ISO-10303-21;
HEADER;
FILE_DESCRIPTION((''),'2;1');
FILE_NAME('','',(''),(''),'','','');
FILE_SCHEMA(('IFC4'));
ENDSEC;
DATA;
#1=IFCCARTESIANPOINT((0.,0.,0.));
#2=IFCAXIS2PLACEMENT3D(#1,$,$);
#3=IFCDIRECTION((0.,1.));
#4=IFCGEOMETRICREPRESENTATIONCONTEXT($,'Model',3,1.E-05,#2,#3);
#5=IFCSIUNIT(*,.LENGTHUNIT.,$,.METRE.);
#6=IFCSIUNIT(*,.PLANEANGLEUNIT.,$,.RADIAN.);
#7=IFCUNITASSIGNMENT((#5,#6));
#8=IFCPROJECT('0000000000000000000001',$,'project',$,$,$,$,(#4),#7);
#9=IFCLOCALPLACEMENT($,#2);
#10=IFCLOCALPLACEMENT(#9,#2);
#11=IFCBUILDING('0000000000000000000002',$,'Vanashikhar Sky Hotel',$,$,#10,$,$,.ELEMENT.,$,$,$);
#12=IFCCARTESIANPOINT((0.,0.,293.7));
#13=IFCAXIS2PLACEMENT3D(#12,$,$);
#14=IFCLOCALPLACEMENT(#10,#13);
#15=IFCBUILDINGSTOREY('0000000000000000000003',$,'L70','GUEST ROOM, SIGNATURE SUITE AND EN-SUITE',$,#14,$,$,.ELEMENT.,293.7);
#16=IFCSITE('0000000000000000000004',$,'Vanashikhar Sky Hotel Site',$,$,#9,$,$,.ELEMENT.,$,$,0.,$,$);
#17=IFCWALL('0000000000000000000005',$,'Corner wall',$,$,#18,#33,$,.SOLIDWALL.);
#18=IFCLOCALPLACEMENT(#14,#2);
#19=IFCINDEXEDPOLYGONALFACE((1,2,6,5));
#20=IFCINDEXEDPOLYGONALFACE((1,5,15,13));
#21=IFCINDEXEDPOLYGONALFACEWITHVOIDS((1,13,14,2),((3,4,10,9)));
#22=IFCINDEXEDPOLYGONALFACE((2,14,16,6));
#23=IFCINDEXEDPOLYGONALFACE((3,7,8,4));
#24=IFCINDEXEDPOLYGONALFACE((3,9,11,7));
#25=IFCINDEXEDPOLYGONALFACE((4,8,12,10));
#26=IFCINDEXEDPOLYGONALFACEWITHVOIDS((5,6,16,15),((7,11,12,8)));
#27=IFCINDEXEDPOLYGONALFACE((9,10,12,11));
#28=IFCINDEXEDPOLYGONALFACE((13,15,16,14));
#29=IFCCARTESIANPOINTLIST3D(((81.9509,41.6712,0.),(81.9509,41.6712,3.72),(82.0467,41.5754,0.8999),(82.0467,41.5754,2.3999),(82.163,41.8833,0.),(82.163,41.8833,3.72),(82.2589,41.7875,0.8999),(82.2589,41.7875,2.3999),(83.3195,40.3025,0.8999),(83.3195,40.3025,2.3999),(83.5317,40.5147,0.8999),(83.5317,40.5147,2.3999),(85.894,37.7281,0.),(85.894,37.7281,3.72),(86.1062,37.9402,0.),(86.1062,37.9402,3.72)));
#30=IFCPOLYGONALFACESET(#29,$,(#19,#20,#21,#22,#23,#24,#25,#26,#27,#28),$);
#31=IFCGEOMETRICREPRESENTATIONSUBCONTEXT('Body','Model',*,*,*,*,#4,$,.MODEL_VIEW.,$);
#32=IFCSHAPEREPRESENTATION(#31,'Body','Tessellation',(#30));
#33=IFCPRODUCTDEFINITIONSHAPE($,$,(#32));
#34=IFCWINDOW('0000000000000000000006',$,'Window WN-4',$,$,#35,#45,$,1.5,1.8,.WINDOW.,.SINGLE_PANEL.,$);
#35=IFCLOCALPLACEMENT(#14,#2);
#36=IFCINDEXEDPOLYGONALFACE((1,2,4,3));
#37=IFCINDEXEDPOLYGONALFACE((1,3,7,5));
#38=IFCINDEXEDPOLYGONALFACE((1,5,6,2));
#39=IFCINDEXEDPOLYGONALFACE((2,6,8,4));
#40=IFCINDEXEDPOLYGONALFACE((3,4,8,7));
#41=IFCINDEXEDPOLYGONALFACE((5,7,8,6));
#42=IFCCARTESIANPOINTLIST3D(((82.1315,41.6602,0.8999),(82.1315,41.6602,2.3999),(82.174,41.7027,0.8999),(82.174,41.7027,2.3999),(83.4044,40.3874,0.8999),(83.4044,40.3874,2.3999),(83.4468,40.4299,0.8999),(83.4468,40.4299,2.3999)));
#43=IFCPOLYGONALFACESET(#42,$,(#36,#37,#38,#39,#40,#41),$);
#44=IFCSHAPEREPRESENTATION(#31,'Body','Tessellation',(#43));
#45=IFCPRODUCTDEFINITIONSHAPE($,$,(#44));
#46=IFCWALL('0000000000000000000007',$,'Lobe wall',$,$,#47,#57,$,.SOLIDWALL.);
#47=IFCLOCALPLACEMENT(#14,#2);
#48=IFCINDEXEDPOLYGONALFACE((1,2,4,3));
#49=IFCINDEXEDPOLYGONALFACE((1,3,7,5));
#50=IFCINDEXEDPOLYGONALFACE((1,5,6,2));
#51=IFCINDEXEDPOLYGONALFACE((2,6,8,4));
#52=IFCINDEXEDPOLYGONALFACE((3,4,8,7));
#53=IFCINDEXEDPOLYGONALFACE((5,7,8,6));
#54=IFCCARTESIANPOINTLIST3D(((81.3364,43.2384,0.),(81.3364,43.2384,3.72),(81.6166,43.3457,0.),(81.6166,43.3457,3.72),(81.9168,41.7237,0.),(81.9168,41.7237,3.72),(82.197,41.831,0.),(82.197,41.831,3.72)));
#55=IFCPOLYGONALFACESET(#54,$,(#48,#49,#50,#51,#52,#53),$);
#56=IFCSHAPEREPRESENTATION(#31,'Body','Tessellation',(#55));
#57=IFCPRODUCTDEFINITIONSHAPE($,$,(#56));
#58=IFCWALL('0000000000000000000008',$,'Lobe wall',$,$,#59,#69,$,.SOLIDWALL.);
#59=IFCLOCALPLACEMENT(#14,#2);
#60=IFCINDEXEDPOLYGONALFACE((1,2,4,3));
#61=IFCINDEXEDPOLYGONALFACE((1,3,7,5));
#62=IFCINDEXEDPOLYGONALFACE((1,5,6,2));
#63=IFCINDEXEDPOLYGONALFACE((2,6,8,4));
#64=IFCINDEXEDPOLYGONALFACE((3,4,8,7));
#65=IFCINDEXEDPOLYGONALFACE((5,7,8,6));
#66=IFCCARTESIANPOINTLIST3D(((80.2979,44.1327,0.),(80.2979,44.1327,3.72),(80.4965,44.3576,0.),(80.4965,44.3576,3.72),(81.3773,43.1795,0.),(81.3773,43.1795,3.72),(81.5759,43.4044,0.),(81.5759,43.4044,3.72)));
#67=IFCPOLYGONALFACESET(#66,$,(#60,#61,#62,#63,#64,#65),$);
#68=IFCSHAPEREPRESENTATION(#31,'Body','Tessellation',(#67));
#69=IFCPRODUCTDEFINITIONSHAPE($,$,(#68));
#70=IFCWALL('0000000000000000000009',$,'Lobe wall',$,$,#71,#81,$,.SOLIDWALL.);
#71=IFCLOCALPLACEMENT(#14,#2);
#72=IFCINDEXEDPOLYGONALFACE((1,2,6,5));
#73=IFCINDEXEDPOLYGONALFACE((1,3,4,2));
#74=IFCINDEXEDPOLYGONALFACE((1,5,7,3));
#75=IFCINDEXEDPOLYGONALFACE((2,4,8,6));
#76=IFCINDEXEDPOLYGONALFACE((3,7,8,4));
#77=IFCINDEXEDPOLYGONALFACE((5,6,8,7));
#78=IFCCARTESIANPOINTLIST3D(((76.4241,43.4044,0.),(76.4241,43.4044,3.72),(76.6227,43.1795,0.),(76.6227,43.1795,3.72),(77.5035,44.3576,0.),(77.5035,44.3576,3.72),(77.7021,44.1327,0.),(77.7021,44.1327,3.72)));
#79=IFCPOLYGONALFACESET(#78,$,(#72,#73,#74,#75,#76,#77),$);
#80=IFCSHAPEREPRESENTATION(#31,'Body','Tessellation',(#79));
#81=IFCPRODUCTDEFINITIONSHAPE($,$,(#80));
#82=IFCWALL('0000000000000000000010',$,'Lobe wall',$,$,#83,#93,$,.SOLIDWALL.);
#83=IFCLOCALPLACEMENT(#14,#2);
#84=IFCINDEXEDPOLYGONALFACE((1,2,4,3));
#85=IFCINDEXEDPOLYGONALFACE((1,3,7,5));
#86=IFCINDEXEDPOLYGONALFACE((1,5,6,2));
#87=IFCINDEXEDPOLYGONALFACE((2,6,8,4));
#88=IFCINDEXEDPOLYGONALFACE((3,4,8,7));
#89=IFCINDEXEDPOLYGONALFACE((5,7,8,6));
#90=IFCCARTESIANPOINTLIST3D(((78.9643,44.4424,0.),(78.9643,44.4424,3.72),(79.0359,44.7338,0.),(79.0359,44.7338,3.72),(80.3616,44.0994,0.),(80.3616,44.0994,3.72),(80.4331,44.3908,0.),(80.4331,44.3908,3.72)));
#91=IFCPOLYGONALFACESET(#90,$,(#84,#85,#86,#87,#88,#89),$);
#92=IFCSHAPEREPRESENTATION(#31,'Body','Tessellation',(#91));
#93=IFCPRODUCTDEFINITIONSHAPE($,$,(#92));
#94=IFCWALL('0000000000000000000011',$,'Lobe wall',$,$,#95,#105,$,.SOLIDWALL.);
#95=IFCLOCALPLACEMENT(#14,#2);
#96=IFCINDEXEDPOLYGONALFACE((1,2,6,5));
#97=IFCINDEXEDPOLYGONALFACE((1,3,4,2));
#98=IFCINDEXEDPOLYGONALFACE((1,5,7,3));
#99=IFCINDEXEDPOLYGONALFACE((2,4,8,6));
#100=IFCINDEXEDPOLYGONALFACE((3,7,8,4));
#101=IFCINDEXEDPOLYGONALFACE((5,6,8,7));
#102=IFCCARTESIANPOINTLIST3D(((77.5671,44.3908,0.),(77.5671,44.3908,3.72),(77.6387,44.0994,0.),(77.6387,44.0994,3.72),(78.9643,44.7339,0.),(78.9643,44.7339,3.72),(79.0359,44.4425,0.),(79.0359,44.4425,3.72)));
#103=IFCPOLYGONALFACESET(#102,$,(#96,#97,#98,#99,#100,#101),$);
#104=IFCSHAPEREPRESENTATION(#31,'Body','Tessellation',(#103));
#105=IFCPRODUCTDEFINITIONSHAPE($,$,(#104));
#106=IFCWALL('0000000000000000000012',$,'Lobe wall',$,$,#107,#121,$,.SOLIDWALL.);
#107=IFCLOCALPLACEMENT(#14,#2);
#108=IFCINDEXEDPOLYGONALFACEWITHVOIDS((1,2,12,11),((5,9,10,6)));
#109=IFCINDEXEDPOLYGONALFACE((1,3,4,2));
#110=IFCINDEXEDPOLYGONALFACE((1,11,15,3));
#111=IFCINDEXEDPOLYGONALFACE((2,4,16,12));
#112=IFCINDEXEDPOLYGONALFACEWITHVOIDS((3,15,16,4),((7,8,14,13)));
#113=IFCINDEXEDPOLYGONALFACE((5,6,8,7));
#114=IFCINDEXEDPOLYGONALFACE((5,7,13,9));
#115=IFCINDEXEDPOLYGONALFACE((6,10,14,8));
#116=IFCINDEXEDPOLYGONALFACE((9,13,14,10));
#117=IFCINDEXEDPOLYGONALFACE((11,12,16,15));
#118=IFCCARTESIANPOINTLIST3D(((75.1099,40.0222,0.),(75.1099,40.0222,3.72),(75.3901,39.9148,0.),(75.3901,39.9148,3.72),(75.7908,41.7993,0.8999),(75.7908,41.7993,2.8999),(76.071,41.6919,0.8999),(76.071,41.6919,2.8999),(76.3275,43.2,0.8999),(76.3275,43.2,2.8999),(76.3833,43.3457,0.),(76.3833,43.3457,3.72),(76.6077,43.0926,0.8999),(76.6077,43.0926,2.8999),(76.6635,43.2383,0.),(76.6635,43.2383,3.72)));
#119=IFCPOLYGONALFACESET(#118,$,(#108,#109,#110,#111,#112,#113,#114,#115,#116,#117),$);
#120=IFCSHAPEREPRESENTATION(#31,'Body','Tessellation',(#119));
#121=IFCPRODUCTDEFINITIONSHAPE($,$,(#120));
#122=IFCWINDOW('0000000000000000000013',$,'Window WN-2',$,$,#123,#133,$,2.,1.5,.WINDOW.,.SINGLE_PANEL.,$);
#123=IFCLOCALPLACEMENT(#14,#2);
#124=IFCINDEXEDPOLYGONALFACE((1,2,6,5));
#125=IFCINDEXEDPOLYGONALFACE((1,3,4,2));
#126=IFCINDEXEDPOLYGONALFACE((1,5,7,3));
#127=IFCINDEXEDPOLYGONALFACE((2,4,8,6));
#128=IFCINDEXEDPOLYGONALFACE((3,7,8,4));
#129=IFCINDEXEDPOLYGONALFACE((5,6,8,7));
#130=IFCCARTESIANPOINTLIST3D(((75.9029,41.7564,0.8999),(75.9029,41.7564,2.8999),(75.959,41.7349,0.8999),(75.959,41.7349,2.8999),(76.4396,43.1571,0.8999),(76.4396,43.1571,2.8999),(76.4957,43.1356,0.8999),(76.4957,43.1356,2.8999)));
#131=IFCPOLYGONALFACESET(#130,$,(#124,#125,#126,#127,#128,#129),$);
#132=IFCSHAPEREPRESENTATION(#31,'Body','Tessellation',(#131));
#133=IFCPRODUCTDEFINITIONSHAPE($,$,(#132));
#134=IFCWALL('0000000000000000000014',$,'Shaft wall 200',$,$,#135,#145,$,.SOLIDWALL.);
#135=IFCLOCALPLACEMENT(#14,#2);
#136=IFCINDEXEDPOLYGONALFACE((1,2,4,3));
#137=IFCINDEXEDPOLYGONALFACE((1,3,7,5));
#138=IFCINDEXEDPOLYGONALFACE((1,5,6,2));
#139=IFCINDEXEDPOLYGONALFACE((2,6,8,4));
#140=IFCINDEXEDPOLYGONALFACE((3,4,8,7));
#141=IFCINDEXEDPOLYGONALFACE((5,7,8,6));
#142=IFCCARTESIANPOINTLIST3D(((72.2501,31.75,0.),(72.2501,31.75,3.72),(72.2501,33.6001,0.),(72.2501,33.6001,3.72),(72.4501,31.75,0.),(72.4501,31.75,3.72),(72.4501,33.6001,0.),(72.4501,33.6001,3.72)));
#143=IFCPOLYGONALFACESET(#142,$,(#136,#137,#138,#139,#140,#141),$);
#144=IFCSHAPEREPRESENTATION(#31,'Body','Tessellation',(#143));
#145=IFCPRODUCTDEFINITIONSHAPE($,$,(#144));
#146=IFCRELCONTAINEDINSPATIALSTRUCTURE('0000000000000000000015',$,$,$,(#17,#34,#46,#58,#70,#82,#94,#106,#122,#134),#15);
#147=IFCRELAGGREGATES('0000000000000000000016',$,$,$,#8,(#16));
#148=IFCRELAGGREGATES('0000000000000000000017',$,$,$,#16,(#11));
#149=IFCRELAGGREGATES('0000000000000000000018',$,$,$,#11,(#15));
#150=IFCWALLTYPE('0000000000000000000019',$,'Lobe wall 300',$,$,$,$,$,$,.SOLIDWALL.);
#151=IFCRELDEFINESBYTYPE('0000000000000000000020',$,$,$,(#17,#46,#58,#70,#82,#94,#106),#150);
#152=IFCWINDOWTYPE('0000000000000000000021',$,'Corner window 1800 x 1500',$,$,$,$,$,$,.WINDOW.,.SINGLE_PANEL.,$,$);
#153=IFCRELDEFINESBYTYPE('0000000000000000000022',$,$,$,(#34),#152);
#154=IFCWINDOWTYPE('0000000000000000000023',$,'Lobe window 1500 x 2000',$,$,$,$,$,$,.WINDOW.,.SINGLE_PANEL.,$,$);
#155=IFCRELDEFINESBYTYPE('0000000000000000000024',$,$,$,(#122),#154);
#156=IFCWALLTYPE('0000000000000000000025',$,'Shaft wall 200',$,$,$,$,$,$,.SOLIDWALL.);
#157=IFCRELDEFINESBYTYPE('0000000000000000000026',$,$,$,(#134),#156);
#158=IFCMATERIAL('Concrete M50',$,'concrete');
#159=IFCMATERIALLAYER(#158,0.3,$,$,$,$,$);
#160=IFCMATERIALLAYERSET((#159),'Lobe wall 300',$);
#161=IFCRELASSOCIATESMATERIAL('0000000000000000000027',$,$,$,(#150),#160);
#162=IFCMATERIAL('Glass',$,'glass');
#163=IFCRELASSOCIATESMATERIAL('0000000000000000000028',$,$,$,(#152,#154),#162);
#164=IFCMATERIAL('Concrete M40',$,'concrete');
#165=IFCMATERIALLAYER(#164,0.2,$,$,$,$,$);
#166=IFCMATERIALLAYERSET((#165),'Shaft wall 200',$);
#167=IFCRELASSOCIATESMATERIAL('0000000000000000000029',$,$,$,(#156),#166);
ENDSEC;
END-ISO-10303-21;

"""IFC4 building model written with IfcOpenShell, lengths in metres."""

from ifc_helpers import new_model, si_unit, direction, frame, frame_2d, origin, place, context, subcontext, project, spatial, rectangle, extrude, source, transform, mapped, material, layer, layer_set, type_object, element, fill, save


model = new_model("IFC4")

# Units and contexts
model_context = context("Model", 3, precision=1e-05, world=origin(), true_north=direction((0.0, 1.0)))
body_context = subcontext(model_context, "Body", "Model", "MODEL_VIEW")
ifc_project = project(units=[si_unit("LENGTHUNIT", "METRE"), si_unit("PLANEANGLEUNIT", "RADIAN")], contexts=[model_context])

# Site, building, storey
site_placement = place(None, origin())
site = spatial("IfcSite", under=ifc_project, at=site_placement, Name="Vanashikhar Sky Hotel Site", CompositionType="ELEMENT", RefElevation=0.0)
building_placement = place(site_placement, origin())
building = spatial("IfcBuilding", under=site, at=building_placement, Name="Vanashikhar Sky Hotel", CompositionType="ELEMENT")
storey_placement = place(building_placement, frame((0.0, 0.0, 293.7)))
storey = spatial("IfcBuildingStorey", under=building, at=storey_placement, Name="L70", Description="GUEST ROOM, SIGNATURE SUITE AND EN-SUITE", CompositionType="ELEMENT", Elevation=293.7)

# Wall, opening, window
ifc_material_1 = material(Name="Concrete M50", Category="concrete")
ifc_layer_1 = layer(ifc_material_1, 0.3)
ifc_layer_set_1 = layer_set([ifc_layer_1], Name="Lobe wall 300")
wall_type_1 = type_object("IfcWallType", Name="Lobe wall 300", PredefinedType="SOLIDWALL", material=ifc_layer_set_1)
shared_shape_1 = source(origin(), body_context, "Body", "SweptSolid", [
    extrude(rectangle(XDim=5.5764, YDim=0.3, at=frame_2d((2.7881, 0.0))), origin(), (0.0, 0.0, 1.0), 3.72),
])
wall_1_placement = place(storey_placement, frame((86.0, 37.8342, 0.0), z_axis=(0.0, 0.0, 1.0), x_axis=(-0.707107, 0.707107, 0.0)))
wall_1 = element("IfcWall", 1, at=wall_1_placement, inside=storey, type_object=wall_type_1, Name="Corner wall", PredefinedType="SOLIDWALL", context=body_context, shape_type="MappedRepresentation", body=[
    mapped(shared_shape_1, transform((0.0, 0.0, 0.0), scale=1.0)),
])
shared_shape_2 = source(origin(), body_context, "Body", "SweptSolid", [
    extrude(rectangle(XDim=1.8, YDim=1.5, at=frame_2d((0.8999, 0.75))), frame((0.0, 0.1602, 0.0), z_axis=(0.0, -1.0, 0.0), x_axis=(1.0, 0.0, 0.0)), (0.0, 0.0, 1.0), 0.3201),
])
opening_1_placement = place(wall_1_placement, frame((3.6409, 0.0, 0.8999)))
opening_1 = element("IfcOpeningElement", 2, at=opening_1_placement, cuts=wall_1, PredefinedType="OPENING", context=body_context, shape_type="MappedRepresentation", body=[
    mapped(shared_shape_2, transform((0.0, 0.0, 0.0), scale=1.0)),
])
ifc_material_2 = material(Name="Glass", Category="glass")
window_type_1 = type_object("IfcWindowType", Name="Corner window 1800 x 1500", PartitioningType="SINGLE_PANEL", PredefinedType="WINDOW", material=ifc_material_2)
shared_shape_3 = source(origin(), body_context, "Body", "SweptSolid", [
    extrude(rectangle(XDim=1.8, YDim=1.5, at=frame_2d((0.8999, 0.75))), frame((0.0, 0.03, 0.0), z_axis=(0.0, -1.0, 0.0), x_axis=(1.0, 0.0, 0.0)), (0.0, 0.0, 1.0), 0.0601),
])
window_1_placement = place(opening_1_placement, origin())
window_1 = element("IfcWindow", 3, at=window_1_placement, inside=storey, type_object=window_type_1, Name="Window WN-4", OverallHeight=1.5, OverallWidth=1.8, PartitioningType="SINGLE_PANEL", PredefinedType="WINDOW", context=body_context, shape_type="MappedRepresentation", body=[
    mapped(shared_shape_3, transform((0.0, 0.0, 0.0), scale=1.0)),
])
fill(opening_1, window_1)

# Walls
shared_shape_4 = source(origin(), body_context, "Body", "SweptSolid", [
    extrude(rectangle(XDim=1.6221, YDim=0.3, at=frame_2d((0.811, 0.0))), origin(), (0.0, 0.0, 1.0), 3.72),
])
wall_2_placement = place(storey_placement, frame((82.0569, 41.7773, 0.0), z_axis=(0.0, 0.0, 1.0), x_axis=(-0.357779, 0.933806, 0.0)))
element("IfcWall", 4, at=wall_2_placement, inside=storey, type_object=wall_type_1, Name="Lobe wall", PredefinedType="SOLIDWALL", context=body_context, shape_type="MappedRepresentation", body=[
    mapped(shared_shape_4, transform((0.0, 0.0, 0.0), scale=1.0)),
])
shared_shape_5 = source(origin(), body_context, "Body", "SweptSolid", [
    extrude(rectangle(XDim=1.4399, YDim=0.3, at=frame_2d((0.72, 0.0))), origin(), (0.0, 0.0, 1.0), 3.72),
])
for number, where, z_axis, x_axis, name in (
    (5, (81.4766, 43.292, 0.0), (0.0, 0.0, 1.0), (-0.749576, 0.661919, 0.0), "Lobe wall"),
    (6, (77.6028, 44.2451, 0.0), (0.0, 0.0, 1.0), (-0.749576, -0.661919, 0.0), "Lobe wall"),
):
    element("IfcWall", number, at=place(storey_placement, frame(where, z_axis=z_axis, x_axis=x_axis)), inside=storey, type_object=wall_type_1, Name=name, PredefinedType="SOLIDWALL", context=body_context, shape_type="MappedRepresentation", body=[
        mapped(shared_shape_5, transform((0.0, 0.0, 0.0), scale=1.0)),
    ])
shared_shape_6 = source(origin(), body_context, "Body", "SweptSolid", [
    extrude(rectangle(XDim=1.4387, YDim=0.3, at=frame_2d((0.7192, 0.0))), origin(), (0.0, 0.0, 1.0), 3.72),
])
for number, where, z_axis, x_axis, name in (
    (7, (80.3972, 44.2451, 0.0), (0.0, 0.0, 1.0), (-0.971162, 0.238421, 0.0), "Lobe wall"),
    (8, (79.0, 44.5881, 0.0), (0.0, 0.0, 1.0), (-0.971162, -0.238421, 0.0), "Lobe wall"),
):
    element("IfcWall", number, at=place(storey_placement, frame(where, z_axis=z_axis, x_axis=x_axis)), inside=storey, type_object=wall_type_1, Name=name, PredefinedType="SOLIDWALL", context=body_context, shape_type="MappedRepresentation", body=[
        mapped(shared_shape_6, transform((0.0, 0.0, 0.0), scale=1.0)),
    ])

# Wall, opening, window
shared_shape_7 = source(origin(), body_context, "Body", "SweptSolid", [
    extrude(rectangle(XDim=3.5591, YDim=0.3, at=frame_2d((1.7795, 0.0))), origin(), (0.0, 0.0, 1.0), 3.72),
])
wall_3_placement = place(storey_placement, frame((76.5234, 43.292, 0.0), z_axis=(0.0, 0.0, 1.0), x_axis=(-0.357797, -0.933799, 0.0)))
wall_3 = element("IfcWall", 9, at=wall_3_placement, inside=storey, type_object=wall_type_1, Name="Lobe wall", PredefinedType="SOLIDWALL", context=body_context, shape_type="MappedRepresentation", body=[
    mapped(shared_shape_7, transform((0.0, 0.0, 0.0), scale=1.0)),
])
shared_shape_8 = source(origin(), body_context, "Body", "SweptSolid", [
    extrude(rectangle(XDim=1.5, YDim=2.0, at=frame_2d((0.75, 1.0))), frame((0.0, 0.1602, 0.0), z_axis=(0.0, -1.0, 0.0), x_axis=(1.0, 0.0, 0.0)), (0.0, 0.0, 1.0), 0.3201),
])
opening_2_placement = place(wall_3_placement, frame((0.156, 0.0, 0.8999)))
opening_2 = element("IfcOpeningElement", 10, at=opening_2_placement, cuts=wall_3, PredefinedType="OPENING", context=body_context, shape_type="MappedRepresentation", body=[
    mapped(shared_shape_8, transform((0.0, 0.0, 0.0), scale=1.0)),
])
window_type_2 = type_object("IfcWindowType", Name="Lobe window 1500 x 2000", PartitioningType="SINGLE_PANEL", PredefinedType="WINDOW", material=ifc_material_2)
shared_shape_9 = source(origin(), body_context, "Body", "SweptSolid", [
    extrude(rectangle(XDim=1.5, YDim=2.0, at=frame_2d((0.75, 1.0))), frame((0.0, 0.03, 0.0), z_axis=(0.0, -1.0, 0.0), x_axis=(1.0, 0.0, 0.0)), (0.0, 0.0, 1.0), 0.0601),
])
window_2_placement = place(opening_2_placement, origin())
window_2 = element("IfcWindow", 11, at=window_2_placement, inside=storey, type_object=window_type_2, Name="Window WN-2", OverallHeight=2.0, OverallWidth=1.5, PartitioningType="SINGLE_PANEL", PredefinedType="WINDOW", context=body_context, shape_type="MappedRepresentation", body=[
    mapped(shared_shape_9, transform((0.0, 0.0, 0.0), scale=1.0)),
])
fill(opening_2, window_2)

# Wall
ifc_material_3 = material(Name="Concrete M40", Category="concrete")
ifc_layer_2 = layer(ifc_material_3, 0.2)
ifc_layer_set_2 = layer_set([ifc_layer_2], Name="Shaft wall 200")
wall_type_2 = type_object("IfcWallType", Name="Shaft wall 200", PredefinedType="SOLIDWALL", material=ifc_layer_set_2)
shared_shape_10 = source(origin(), body_context, "Body", "SweptSolid", [
    extrude(rectangle(XDim=1.8501, YDim=0.2, at=frame_2d((0.925, 0.0))), origin(), (0.0, 0.0, 1.0), 3.72),
])
wall_4_placement = place(storey_placement, frame((72.3501, 31.75, 0.0), z_axis=(0.0, 0.0, 1.0), x_axis=(0.0, 1.0, 0.0)))
element("IfcWall", 12, at=wall_4_placement, inside=storey, type_object=wall_type_2, Name="Shaft wall 200", PredefinedType="SOLIDWALL", context=body_context, shape_type="MappedRepresentation", body=[
    mapped(shared_shape_10, transform((0.0, 0.0, 0.0), scale=1.0)),
])

save(model, "model.ifc")
